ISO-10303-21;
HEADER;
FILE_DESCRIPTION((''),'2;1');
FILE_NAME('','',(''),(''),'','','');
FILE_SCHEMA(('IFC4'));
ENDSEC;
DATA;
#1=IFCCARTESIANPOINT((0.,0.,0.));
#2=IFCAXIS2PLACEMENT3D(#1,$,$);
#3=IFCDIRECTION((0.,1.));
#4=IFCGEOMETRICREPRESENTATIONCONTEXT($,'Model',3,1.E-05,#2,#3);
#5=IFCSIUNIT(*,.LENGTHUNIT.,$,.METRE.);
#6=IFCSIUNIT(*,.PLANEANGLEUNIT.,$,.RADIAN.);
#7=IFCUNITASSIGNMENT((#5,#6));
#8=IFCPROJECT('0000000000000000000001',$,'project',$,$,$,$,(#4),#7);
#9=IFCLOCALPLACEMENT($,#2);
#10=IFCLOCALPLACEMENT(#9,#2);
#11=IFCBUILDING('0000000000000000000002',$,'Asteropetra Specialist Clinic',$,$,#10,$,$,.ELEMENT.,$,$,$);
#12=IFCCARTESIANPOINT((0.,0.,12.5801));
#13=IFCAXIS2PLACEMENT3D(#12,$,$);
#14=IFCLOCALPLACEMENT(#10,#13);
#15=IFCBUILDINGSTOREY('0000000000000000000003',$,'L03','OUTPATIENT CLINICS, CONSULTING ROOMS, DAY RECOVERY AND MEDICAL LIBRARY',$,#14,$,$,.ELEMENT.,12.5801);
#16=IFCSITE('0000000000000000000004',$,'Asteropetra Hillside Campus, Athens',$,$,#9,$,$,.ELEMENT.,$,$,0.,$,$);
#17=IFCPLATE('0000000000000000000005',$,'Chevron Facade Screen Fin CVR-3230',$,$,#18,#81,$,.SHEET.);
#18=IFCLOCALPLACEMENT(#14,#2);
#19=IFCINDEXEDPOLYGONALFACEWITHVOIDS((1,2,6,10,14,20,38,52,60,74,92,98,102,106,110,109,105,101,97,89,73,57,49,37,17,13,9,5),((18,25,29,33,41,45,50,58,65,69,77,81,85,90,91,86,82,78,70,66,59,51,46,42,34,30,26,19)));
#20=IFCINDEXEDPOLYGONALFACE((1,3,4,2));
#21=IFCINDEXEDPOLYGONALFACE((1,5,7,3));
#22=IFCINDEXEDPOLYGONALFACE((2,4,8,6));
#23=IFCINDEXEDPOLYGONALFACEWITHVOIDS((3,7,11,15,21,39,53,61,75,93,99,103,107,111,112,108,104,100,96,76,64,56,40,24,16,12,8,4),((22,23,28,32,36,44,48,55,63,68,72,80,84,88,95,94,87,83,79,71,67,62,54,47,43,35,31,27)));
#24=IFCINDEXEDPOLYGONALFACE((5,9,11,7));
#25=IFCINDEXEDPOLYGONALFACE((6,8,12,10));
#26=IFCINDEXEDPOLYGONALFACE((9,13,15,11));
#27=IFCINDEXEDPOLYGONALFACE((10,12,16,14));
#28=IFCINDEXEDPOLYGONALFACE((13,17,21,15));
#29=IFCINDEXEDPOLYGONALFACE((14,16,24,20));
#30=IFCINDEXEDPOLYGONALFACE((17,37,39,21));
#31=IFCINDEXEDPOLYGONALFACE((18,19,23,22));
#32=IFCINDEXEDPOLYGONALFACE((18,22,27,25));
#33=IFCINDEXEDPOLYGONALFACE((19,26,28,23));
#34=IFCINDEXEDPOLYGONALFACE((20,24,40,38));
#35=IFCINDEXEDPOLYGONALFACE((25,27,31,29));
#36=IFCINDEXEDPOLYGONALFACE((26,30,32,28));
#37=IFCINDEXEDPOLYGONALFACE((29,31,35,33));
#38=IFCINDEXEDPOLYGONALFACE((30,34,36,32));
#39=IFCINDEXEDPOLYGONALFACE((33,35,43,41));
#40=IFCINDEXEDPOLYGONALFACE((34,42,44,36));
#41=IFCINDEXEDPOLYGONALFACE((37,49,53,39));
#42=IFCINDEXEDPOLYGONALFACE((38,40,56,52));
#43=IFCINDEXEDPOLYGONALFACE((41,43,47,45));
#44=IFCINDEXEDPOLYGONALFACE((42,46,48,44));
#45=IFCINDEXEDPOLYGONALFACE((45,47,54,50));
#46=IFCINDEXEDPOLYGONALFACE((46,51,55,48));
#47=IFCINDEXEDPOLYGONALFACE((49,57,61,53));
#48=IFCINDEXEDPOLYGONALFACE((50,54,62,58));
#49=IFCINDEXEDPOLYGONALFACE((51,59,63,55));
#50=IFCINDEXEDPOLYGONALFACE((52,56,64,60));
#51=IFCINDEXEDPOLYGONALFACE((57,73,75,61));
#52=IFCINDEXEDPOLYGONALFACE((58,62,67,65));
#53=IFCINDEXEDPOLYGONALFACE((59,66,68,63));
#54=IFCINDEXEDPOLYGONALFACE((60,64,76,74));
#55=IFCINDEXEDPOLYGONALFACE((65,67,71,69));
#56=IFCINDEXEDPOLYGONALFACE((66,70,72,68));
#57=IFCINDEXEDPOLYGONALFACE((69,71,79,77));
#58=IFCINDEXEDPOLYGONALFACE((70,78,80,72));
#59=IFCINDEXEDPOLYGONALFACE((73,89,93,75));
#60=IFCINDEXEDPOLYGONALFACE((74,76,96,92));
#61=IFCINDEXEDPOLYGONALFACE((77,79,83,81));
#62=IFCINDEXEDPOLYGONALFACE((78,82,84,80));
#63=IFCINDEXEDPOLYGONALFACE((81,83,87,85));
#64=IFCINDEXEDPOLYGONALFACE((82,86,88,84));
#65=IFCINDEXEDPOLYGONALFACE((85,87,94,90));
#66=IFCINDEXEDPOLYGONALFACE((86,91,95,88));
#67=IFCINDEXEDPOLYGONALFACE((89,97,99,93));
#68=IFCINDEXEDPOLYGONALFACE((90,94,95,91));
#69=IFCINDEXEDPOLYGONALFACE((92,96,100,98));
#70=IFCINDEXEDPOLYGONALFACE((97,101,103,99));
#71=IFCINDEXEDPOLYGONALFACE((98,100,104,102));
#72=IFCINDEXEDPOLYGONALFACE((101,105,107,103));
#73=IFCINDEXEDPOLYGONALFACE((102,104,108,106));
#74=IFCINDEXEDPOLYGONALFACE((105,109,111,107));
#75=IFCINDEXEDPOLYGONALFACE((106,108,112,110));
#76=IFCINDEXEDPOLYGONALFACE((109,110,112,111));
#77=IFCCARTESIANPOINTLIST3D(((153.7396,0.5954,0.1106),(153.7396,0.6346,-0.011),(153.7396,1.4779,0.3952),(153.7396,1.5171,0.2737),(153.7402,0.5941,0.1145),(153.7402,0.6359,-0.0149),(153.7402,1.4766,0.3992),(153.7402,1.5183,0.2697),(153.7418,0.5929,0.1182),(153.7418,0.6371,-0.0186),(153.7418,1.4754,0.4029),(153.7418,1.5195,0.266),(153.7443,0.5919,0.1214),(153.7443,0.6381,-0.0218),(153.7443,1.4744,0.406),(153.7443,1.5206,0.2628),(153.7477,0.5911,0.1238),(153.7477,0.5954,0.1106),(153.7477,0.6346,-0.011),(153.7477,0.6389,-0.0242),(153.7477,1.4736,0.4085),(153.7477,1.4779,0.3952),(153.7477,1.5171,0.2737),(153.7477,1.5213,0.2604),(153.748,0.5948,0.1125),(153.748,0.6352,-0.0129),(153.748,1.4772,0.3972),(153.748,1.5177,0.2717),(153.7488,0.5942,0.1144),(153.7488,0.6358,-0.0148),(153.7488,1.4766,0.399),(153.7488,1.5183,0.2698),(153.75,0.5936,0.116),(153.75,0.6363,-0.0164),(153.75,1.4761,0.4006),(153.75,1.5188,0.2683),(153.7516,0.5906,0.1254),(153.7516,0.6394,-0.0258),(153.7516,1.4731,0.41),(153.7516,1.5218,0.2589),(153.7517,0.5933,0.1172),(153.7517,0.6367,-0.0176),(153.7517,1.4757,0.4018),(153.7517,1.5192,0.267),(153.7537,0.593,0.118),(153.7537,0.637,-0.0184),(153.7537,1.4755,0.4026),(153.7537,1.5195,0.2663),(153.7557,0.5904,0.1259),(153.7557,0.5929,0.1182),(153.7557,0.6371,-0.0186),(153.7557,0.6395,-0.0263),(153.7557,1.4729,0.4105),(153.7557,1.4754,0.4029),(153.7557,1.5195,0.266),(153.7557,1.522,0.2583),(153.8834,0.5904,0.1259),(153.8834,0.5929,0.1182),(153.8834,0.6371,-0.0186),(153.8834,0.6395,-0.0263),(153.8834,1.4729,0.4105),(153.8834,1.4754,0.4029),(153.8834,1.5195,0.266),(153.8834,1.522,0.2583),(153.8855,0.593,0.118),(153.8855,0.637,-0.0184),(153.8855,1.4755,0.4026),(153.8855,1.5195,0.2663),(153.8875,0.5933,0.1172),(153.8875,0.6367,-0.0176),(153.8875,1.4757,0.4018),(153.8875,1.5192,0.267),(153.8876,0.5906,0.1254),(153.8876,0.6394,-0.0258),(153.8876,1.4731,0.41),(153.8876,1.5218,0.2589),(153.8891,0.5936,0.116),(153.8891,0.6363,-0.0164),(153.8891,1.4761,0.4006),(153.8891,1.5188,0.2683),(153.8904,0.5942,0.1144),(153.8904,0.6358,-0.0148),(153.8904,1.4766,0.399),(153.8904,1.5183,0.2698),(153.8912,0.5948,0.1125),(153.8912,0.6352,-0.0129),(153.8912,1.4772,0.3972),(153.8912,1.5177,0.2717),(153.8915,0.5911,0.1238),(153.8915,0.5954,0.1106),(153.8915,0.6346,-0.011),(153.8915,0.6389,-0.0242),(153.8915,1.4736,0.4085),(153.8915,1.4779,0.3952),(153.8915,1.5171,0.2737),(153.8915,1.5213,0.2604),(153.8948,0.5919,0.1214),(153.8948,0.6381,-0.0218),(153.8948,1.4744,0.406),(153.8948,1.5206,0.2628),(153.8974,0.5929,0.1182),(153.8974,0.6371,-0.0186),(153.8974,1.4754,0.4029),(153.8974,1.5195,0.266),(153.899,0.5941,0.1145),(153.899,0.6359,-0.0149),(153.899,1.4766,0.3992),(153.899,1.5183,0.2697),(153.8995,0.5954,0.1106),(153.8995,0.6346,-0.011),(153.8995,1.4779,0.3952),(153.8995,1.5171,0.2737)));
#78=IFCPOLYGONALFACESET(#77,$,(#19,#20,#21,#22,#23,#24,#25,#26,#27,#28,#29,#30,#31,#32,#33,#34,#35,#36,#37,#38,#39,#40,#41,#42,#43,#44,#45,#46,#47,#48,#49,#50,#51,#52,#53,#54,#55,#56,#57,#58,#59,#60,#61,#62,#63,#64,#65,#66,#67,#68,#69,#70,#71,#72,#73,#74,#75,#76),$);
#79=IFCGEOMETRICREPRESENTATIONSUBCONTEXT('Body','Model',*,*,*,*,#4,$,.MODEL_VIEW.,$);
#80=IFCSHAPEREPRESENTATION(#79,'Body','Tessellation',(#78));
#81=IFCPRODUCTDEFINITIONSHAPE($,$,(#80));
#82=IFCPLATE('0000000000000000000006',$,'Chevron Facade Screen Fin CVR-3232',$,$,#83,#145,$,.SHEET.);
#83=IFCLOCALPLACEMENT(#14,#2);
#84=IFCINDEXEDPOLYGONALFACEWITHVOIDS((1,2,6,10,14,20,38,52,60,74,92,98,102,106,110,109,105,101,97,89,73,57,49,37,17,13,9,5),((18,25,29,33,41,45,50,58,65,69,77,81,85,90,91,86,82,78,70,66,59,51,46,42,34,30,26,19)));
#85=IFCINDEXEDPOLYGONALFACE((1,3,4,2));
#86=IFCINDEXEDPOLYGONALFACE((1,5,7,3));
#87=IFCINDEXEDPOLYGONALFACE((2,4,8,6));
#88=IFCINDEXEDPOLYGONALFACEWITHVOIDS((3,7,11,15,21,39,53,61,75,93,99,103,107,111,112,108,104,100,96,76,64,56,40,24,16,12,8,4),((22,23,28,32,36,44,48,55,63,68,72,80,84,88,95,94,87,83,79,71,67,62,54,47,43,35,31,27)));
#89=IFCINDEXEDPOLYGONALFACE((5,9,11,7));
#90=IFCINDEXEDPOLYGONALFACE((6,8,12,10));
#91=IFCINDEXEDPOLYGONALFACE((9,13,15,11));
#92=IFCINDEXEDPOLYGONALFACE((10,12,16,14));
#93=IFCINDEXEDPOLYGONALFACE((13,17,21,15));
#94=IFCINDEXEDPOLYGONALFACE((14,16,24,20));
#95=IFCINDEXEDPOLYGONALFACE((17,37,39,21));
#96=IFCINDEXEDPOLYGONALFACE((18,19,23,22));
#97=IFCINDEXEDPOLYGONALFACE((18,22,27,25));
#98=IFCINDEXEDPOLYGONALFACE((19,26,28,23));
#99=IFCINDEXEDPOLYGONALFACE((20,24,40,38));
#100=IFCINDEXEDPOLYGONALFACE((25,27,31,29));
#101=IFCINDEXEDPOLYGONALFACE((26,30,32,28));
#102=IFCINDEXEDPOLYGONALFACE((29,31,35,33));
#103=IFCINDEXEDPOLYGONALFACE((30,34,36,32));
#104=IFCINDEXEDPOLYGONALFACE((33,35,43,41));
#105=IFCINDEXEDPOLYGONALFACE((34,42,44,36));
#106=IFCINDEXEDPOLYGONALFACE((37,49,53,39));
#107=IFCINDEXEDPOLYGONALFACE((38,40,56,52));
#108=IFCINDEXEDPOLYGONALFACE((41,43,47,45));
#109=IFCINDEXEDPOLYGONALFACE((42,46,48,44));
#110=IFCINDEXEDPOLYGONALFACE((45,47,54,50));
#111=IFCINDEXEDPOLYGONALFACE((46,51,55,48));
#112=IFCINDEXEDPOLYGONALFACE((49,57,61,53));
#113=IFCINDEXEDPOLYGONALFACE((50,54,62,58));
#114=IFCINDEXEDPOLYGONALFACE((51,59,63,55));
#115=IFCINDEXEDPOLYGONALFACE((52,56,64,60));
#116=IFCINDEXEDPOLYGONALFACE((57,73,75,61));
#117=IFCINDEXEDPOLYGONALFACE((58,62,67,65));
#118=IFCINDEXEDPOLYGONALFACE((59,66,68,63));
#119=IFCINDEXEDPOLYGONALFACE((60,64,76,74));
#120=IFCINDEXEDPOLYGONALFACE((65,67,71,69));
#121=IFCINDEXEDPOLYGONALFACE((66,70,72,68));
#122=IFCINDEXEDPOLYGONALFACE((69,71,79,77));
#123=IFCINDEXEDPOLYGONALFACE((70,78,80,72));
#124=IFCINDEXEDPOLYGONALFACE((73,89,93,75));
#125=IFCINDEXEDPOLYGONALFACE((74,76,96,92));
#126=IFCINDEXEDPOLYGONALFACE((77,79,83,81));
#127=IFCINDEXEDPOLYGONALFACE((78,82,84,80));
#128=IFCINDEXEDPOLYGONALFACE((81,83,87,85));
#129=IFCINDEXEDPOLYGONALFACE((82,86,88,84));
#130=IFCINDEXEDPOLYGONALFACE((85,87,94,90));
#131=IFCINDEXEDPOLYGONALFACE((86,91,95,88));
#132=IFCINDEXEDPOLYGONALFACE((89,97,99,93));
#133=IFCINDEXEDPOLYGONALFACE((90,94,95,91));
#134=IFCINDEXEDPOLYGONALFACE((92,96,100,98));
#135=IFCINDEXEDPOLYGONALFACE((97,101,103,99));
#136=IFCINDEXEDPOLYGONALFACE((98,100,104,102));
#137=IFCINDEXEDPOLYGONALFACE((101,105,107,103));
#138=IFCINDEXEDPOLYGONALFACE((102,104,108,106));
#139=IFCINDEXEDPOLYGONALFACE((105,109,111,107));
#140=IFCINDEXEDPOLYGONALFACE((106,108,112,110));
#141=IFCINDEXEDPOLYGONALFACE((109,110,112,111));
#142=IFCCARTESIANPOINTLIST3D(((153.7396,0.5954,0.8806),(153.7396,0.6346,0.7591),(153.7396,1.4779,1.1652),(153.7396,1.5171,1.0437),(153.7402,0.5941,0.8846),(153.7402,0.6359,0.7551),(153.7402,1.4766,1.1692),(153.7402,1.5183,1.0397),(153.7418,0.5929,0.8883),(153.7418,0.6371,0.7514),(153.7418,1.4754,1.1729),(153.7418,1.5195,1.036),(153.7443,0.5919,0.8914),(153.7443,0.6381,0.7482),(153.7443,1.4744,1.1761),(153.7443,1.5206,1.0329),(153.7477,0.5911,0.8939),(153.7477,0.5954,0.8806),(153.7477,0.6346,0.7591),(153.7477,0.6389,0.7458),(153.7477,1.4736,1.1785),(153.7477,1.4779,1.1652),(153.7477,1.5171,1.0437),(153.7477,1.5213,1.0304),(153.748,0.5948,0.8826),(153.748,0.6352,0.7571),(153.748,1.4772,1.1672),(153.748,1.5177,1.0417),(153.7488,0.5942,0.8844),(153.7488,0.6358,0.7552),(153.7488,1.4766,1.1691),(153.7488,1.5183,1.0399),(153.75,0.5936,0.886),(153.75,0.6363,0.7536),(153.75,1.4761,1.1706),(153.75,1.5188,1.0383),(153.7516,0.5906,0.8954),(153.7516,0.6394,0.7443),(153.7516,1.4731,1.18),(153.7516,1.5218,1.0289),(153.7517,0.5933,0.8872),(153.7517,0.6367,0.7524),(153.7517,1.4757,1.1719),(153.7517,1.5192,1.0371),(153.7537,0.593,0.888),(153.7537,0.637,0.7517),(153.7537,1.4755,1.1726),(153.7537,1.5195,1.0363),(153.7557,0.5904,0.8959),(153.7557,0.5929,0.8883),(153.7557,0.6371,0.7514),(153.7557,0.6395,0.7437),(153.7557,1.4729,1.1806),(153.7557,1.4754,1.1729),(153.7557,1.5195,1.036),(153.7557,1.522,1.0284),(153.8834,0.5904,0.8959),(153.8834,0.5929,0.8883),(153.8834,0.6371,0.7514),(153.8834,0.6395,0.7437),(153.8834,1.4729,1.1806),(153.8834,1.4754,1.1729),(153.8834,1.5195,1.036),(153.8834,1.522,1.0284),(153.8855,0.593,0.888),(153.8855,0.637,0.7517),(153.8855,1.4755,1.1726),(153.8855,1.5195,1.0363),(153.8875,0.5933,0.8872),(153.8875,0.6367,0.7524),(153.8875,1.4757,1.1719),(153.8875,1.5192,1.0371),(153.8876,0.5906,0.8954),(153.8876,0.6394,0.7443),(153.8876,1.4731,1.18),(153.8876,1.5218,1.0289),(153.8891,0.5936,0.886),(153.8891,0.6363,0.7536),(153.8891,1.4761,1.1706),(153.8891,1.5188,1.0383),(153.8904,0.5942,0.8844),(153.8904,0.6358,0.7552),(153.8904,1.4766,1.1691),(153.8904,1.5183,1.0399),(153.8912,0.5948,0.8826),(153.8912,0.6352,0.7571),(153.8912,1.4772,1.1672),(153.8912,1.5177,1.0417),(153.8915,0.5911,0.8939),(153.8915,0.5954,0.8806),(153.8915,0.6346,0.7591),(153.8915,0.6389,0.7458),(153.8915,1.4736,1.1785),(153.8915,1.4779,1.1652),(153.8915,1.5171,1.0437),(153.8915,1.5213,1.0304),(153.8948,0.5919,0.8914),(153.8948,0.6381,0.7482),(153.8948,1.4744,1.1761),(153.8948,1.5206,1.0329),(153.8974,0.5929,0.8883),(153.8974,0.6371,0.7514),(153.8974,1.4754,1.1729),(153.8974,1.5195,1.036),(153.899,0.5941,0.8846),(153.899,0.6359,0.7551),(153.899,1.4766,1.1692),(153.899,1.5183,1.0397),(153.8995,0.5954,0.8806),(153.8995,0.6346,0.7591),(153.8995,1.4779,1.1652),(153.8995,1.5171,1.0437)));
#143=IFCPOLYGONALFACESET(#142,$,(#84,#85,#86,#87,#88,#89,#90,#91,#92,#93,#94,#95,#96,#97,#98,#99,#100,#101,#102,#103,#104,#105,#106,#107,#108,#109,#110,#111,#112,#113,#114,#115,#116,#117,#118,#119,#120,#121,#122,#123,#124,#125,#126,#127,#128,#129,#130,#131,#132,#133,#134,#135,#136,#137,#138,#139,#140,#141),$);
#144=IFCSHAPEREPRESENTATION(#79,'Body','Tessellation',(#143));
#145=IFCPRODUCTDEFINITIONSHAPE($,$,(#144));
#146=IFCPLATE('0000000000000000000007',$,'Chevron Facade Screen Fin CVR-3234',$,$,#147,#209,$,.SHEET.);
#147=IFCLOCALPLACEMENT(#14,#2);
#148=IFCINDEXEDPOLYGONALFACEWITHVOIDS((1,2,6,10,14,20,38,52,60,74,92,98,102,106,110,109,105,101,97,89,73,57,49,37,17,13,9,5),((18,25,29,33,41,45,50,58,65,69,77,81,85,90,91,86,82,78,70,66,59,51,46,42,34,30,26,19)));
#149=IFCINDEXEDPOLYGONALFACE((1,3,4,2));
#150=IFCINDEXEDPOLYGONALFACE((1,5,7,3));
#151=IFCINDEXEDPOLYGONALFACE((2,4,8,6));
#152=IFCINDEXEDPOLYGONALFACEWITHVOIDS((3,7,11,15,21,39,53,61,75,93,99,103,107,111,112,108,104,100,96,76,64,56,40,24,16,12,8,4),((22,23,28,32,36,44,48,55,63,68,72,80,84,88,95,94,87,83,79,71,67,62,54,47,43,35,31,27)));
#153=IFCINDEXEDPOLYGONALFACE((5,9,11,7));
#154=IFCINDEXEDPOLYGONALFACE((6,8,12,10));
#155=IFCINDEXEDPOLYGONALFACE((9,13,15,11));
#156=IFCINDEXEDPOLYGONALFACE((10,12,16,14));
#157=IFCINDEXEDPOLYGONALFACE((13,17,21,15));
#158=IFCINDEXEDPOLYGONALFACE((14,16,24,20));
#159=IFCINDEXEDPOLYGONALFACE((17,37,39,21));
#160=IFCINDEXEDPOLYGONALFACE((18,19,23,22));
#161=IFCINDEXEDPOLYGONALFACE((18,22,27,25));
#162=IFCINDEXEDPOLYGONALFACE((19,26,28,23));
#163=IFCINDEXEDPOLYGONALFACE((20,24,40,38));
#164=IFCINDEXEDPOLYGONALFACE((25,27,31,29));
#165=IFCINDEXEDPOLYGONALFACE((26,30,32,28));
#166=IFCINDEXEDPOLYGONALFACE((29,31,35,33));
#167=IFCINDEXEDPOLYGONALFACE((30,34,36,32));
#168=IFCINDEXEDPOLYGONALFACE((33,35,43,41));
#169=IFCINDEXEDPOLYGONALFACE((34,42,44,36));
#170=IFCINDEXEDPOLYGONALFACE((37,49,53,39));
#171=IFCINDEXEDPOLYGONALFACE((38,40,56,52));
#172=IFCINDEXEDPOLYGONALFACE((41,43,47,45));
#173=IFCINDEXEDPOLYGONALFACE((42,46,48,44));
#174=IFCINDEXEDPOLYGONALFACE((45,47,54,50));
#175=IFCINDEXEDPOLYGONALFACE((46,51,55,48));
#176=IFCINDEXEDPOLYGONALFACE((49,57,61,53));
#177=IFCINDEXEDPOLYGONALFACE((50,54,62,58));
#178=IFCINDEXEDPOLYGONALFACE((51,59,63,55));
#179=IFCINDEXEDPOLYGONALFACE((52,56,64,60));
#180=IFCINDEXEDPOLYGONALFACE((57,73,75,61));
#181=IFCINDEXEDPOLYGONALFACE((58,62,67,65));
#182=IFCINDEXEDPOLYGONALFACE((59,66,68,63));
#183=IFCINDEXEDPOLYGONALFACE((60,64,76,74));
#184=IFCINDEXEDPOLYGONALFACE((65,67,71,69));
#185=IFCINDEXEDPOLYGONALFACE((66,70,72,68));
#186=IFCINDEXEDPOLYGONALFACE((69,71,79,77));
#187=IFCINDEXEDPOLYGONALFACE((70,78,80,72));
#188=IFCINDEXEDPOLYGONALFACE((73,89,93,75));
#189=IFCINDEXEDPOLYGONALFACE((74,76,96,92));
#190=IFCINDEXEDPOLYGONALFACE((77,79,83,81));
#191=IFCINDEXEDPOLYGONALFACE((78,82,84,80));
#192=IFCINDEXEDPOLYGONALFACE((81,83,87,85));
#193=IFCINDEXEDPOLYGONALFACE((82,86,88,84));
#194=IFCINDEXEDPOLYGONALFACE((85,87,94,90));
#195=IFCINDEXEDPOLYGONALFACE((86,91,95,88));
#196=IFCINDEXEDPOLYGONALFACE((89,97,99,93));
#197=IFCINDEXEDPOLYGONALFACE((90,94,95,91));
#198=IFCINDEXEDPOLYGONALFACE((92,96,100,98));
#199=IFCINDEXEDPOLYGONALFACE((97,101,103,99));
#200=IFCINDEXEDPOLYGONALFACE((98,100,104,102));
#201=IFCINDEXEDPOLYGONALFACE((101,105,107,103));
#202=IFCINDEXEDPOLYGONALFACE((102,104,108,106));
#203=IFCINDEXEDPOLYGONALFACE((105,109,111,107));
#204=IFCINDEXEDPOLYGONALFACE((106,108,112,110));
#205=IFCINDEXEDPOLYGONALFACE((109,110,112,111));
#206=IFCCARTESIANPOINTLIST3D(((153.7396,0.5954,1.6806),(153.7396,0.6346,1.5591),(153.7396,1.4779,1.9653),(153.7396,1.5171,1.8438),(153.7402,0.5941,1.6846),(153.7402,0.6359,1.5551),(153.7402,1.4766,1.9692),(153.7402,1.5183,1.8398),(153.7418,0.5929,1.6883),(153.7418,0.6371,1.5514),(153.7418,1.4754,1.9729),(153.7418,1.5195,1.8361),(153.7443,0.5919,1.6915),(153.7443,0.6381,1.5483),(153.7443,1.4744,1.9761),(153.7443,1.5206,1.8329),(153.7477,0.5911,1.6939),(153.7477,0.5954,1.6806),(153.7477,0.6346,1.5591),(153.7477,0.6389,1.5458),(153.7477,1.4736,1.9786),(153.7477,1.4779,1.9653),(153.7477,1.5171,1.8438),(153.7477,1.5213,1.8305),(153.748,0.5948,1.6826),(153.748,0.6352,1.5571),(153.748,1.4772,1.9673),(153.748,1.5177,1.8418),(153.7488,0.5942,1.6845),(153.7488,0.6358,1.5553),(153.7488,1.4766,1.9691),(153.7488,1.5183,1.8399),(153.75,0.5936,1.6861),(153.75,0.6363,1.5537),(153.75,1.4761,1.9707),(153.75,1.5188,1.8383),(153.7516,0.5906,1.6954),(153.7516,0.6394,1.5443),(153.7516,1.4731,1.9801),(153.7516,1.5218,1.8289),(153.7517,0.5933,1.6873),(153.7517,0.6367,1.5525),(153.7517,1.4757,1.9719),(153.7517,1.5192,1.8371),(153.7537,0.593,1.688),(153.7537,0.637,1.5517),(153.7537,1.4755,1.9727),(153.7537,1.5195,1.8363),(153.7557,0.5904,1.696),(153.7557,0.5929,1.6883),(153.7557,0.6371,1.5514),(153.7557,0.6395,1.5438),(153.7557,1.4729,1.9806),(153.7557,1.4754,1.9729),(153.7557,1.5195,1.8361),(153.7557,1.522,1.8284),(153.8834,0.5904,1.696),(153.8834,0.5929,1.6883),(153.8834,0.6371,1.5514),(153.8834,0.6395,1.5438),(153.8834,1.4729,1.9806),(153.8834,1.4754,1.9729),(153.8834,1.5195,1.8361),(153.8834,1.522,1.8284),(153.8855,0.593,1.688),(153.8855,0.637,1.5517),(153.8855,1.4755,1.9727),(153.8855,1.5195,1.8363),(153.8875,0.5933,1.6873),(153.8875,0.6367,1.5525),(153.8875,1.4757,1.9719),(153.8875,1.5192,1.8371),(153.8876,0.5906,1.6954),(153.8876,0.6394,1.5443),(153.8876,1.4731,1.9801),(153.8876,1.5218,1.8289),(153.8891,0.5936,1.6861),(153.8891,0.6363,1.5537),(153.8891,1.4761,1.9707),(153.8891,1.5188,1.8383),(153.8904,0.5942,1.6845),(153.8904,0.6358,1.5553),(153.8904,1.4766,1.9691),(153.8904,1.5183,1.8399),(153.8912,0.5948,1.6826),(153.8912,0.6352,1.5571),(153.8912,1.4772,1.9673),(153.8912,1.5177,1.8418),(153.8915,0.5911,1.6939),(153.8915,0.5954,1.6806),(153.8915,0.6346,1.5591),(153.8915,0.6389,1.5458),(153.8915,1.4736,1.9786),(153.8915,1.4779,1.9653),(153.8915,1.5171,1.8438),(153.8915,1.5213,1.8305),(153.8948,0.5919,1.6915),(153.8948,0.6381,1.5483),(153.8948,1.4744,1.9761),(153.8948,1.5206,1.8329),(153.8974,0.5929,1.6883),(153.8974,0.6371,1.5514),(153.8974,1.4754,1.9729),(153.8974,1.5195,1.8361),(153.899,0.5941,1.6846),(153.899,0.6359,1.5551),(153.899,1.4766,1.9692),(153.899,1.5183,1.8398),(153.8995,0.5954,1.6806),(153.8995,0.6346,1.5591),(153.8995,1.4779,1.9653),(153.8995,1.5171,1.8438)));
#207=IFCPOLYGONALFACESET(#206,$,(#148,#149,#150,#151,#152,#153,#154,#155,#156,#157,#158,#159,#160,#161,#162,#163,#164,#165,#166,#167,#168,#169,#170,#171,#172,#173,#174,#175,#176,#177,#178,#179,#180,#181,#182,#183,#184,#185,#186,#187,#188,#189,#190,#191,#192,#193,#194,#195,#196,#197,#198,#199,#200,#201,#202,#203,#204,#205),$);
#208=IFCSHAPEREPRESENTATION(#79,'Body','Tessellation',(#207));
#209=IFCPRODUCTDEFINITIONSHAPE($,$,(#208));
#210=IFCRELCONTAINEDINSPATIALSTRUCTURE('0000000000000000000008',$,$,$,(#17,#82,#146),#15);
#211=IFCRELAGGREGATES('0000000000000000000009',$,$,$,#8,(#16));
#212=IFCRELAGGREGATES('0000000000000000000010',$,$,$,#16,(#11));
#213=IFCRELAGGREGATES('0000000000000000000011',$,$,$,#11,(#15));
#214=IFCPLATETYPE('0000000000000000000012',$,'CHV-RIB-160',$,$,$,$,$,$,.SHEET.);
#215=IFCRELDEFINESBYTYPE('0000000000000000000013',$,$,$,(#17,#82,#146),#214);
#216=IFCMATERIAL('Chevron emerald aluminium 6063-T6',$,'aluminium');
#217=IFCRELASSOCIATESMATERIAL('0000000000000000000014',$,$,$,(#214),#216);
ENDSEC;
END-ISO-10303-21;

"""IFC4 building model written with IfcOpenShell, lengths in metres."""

from ifc_helpers import new_model, si_unit, direction, frame, origin, origin_2d, place, context, subcontext, project, spatial, hollow_rectangle, extrude, material, material_profile, profile_set, type_object, element, save


model = new_model("IFC4")

# Units and contexts
model_context = context("Model", 3, precision=1e-05, world=origin(), true_north=direction((0.0, 1.0)))
body_context = subcontext(model_context, "Body", "Model", "MODEL_VIEW")
ifc_project = project(units=[si_unit("LENGTHUNIT", "METRE"), si_unit("PLANEANGLEUNIT", "RADIAN")], contexts=[model_context])

# Site, building, storey
site_placement = place(None, origin())
site = spatial("IfcSite", under=ifc_project, at=site_placement, Name="Asteropetra Hillside Campus, Athens", CompositionType="ELEMENT", RefElevation=0.0)
building_placement = place(site_placement, origin())
building = spatial("IfcBuilding", under=site, at=building_placement, Name="Asteropetra Specialist Clinic", CompositionType="ELEMENT")
storey_placement = place(building_placement, frame((0.0, 0.0, 12.5801)))
storey = spatial("IfcBuildingStorey", under=building, at=storey_placement, Name="L03", Description="OUTPATIENT CLINICS, CONSULTING ROOMS, DAY RECOVERY AND MEDICAL LIBRARY", CompositionType="ELEMENT", Elevation=12.5801)

# Plates
ifc_material_1 = material(Name="Chevron emerald aluminium 6063-T6", Category="aluminium")
ifc_material_profile_1 = material_profile(ifc_material_1, hollow_rectangle(XDim=0.1599, YDim=0.1599, WallThickness=0.0081, InnerFilletRadius=0.0081, OuterFilletRadius=0.0161, at=origin_2d()), Name="SHS 160x160x8.0")
ifc_profile_set_1 = profile_set([ifc_material_profile_1], Name="Chevron emerald aluminium 6063-T6")
plate_type_1 = type_object("IfcPlateType", Name="CHV-RIB-160", PredefinedType="SHEET", material=ifc_profile_set_1)
for number, where, z_axis, x_axis, name in (
    (1, (153.8196, 0.615, 0.0498), (0.0, 0.951719, 0.306972), (-1.0, 0.0, 0.0), "Chevron Facade Screen Fin CVR-3230"),
    (2, (153.8196, 0.615, 0.8198), (0.0, 0.951719, 0.306972), (-1.0, 0.0, 0.0), "Chevron Facade Screen Fin CVR-3232"),
    (3, (153.8196, 0.615, 1.6199), (0.0, 0.951719, 0.306972), (-1.0, 0.0, 0.0), "Chevron Facade Screen Fin CVR-3234"),
):
    element("IfcPlate", number, at=place(storey_placement, frame(where, z_axis=z_axis, x_axis=x_axis)), inside=storey, type_object=plate_type_1, Name=name, PredefinedType="SHEET", context=body_context, shape_type="SweptSolid", body=[
        extrude(hollow_rectangle(XDim=0.1599, YDim=0.1599, WallThickness=0.0081, InnerFilletRadius=0.0081, OuterFilletRadius=0.0161, at=origin_2d()), origin(), (0.0, 0.0, 1.0), 0.9272),
    ])

save(model, "model.ifc")
